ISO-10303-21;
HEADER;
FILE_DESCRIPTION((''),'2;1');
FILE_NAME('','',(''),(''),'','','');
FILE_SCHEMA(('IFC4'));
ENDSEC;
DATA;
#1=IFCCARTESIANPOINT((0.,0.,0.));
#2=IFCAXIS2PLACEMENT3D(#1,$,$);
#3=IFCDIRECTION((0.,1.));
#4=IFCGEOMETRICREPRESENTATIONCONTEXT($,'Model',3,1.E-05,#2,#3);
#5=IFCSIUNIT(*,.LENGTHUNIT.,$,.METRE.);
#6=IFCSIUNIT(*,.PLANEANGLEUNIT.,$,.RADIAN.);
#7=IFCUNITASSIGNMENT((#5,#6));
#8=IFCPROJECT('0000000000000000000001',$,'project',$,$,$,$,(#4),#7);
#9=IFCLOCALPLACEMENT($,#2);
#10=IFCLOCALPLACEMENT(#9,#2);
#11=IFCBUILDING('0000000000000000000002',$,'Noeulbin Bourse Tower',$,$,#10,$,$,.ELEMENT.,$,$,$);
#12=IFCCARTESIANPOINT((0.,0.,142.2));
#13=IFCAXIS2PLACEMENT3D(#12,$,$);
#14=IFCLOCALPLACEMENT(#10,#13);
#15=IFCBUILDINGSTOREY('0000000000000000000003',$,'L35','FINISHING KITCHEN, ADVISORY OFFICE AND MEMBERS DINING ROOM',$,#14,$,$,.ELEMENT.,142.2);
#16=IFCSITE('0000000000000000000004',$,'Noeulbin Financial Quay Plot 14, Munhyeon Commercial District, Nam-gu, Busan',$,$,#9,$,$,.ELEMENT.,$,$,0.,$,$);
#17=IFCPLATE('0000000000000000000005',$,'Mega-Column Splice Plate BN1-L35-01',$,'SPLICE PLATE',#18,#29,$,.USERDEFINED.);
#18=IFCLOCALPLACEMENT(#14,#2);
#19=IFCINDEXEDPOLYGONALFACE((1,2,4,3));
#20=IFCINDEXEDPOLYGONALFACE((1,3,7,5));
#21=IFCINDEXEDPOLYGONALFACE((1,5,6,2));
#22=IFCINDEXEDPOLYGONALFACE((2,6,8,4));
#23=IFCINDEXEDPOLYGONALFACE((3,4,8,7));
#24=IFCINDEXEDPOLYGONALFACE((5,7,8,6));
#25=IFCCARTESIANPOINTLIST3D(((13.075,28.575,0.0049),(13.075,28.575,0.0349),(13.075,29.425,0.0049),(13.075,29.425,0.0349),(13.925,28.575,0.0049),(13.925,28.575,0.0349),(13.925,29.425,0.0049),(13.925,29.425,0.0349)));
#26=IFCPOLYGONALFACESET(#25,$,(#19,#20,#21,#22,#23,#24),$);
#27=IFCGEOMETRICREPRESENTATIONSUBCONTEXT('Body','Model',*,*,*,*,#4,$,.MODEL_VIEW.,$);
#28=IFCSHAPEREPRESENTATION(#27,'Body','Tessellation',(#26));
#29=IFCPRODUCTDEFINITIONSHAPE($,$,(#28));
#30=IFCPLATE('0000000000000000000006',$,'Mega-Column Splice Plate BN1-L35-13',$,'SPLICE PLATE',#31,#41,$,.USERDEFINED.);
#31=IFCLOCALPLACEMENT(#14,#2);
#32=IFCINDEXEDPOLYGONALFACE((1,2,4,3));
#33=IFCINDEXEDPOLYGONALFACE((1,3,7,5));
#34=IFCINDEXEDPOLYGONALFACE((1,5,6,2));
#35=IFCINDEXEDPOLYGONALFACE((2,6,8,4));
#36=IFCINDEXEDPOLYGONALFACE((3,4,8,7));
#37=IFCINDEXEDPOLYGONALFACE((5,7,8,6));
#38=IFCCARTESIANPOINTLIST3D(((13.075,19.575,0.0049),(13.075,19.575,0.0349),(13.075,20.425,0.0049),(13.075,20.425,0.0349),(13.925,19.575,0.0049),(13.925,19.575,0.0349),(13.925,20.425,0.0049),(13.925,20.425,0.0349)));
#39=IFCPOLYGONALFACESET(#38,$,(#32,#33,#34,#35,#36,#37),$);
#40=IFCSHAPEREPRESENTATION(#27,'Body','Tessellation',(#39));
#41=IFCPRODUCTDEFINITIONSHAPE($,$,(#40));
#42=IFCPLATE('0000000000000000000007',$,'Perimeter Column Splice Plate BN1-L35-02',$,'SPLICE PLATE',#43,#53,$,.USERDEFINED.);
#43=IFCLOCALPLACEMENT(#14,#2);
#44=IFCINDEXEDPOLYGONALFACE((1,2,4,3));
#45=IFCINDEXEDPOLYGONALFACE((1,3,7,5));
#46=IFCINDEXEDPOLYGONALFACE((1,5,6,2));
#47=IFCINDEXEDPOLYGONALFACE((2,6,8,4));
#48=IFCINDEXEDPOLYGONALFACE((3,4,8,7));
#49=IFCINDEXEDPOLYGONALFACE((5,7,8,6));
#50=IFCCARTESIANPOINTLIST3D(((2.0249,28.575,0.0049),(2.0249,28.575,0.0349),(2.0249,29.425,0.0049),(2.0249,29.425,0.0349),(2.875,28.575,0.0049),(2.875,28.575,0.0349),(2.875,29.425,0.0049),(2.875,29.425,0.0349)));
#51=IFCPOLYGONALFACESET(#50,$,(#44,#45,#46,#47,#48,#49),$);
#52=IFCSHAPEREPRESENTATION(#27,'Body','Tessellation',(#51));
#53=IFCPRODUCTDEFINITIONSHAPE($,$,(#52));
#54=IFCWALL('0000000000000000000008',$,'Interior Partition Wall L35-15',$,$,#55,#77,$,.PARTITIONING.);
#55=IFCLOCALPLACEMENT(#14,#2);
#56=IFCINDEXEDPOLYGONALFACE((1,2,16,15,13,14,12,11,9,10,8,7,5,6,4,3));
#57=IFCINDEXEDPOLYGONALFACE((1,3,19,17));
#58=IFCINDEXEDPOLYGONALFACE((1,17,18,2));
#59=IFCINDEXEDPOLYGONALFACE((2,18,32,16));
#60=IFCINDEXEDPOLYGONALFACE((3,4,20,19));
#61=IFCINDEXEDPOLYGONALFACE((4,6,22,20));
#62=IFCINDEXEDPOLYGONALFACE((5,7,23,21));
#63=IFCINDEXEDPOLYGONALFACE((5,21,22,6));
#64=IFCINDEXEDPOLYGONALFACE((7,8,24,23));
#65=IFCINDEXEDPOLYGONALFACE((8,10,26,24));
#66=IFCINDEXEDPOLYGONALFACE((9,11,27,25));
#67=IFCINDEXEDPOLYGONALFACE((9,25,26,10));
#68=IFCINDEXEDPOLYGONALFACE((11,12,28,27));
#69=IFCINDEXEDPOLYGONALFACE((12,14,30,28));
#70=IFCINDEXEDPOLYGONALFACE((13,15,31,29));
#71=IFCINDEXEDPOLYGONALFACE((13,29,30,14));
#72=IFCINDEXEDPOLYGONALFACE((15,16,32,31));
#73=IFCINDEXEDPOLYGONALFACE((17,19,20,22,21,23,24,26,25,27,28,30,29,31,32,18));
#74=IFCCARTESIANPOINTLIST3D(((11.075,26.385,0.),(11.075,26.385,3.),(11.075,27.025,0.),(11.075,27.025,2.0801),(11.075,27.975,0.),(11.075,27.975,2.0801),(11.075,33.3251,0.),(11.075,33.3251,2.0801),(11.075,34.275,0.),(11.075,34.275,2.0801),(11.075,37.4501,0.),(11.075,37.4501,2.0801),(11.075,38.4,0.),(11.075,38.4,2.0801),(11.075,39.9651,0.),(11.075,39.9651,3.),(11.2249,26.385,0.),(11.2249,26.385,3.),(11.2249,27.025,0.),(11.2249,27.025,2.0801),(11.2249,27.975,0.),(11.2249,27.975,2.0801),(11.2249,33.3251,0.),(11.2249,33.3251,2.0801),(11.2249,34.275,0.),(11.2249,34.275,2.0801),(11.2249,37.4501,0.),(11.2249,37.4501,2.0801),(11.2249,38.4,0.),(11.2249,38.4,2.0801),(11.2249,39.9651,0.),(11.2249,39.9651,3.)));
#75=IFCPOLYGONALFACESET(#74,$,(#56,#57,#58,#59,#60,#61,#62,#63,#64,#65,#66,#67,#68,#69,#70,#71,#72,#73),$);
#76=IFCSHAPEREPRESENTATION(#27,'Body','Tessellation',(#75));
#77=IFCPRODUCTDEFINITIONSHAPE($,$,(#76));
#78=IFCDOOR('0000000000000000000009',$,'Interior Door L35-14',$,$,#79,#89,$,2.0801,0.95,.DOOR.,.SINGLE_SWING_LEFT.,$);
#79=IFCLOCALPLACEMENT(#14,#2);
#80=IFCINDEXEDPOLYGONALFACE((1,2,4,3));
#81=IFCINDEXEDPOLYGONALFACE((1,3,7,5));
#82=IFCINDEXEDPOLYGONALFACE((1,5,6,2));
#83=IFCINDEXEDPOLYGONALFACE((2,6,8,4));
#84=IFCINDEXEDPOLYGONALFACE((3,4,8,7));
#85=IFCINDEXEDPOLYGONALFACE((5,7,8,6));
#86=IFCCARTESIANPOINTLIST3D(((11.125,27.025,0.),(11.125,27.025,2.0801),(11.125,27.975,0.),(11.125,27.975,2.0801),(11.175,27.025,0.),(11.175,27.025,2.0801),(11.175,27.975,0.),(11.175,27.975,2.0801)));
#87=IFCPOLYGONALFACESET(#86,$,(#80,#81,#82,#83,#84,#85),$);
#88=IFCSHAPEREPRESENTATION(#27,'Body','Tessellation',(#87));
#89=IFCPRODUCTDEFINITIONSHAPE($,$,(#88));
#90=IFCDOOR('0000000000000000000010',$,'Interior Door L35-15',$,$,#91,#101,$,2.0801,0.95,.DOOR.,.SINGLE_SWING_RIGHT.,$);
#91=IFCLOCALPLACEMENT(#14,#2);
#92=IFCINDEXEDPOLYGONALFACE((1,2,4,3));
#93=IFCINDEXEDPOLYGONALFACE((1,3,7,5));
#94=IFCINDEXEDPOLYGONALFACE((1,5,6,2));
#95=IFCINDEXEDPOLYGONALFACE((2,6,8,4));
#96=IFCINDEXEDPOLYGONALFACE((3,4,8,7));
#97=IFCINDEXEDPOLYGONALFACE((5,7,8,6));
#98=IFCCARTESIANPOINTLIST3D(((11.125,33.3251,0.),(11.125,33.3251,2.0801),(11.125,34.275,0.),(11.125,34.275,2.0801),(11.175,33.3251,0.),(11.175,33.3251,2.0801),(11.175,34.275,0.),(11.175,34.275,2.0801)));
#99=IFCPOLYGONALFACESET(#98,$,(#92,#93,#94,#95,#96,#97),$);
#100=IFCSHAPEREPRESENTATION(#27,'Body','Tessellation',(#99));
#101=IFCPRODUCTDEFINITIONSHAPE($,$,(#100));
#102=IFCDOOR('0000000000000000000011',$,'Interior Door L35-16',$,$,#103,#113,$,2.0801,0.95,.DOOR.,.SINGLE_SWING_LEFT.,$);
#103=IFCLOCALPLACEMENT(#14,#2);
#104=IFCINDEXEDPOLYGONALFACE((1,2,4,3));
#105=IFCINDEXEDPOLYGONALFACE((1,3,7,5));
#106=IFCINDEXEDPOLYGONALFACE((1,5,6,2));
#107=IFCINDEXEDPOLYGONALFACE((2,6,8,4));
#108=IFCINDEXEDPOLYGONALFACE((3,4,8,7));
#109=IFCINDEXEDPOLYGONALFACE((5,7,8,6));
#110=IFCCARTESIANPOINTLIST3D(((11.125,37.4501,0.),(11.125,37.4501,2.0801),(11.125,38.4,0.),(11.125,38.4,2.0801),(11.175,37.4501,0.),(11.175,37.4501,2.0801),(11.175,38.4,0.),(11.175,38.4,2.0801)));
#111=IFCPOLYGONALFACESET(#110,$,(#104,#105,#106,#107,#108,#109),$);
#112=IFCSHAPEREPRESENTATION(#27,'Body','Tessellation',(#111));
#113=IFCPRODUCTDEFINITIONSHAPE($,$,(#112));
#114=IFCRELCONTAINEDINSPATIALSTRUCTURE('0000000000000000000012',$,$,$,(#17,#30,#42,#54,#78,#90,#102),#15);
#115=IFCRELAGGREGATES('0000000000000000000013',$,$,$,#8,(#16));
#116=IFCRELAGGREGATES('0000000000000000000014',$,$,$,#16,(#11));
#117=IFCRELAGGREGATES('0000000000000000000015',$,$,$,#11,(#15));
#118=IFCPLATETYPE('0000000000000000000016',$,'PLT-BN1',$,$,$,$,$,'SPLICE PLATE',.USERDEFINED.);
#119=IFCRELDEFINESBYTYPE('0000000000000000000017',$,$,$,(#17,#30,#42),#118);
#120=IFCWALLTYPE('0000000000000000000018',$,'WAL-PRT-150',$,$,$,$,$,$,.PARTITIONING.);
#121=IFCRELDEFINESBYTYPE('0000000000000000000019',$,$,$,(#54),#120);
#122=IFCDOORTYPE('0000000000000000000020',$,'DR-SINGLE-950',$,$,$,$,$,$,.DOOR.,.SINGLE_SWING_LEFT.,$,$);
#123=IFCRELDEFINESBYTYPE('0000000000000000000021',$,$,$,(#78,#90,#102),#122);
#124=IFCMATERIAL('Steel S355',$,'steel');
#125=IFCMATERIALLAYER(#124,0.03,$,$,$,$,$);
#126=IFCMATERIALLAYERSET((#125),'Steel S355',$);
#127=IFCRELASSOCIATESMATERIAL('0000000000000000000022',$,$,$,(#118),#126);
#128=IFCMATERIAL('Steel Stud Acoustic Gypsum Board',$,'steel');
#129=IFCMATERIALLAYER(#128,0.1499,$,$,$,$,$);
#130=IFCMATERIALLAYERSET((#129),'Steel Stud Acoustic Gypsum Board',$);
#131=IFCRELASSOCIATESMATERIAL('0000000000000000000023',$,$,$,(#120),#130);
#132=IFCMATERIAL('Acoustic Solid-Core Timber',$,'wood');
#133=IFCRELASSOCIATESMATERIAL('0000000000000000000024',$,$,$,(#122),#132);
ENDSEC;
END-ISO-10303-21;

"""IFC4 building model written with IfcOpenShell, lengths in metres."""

from ifc_helpers import new_model, si_unit, direction, frame, frame_2d, origin, origin_2d, place, context, subcontext, project, spatial, rectangle, extrude, material, layer, layer_set, type_object, element, fill, save


model = new_model("IFC4")

# Units and contexts
model_context = context("Model", 3, precision=1e-05, world=origin(), true_north=direction((0.0, 1.0)))
body_context = subcontext(model_context, "Body", "Model", "MODEL_VIEW")
ifc_project = project(units=[si_unit("LENGTHUNIT", "METRE"), si_unit("PLANEANGLEUNIT", "RADIAN")], contexts=[model_context])

# Site, building, storey
site_placement = place(None, origin())
site = spatial("IfcSite", under=ifc_project, at=site_placement, Name="Noeulbin Financial Quay Plot 14, Munhyeon Commercial District, Nam-gu, Busan", CompositionType="ELEMENT", RefElevation=0.0)
building_placement = place(site_placement, origin())
building = spatial("IfcBuilding", under=site, at=building_placement, Name="Noeulbin Bourse Tower", CompositionType="ELEMENT")
storey_placement = place(building_placement, frame((0.0, 0.0, 142.2)))
storey = spatial("IfcBuildingStorey", under=building, at=storey_placement, Name="L35", Description="FINISHING KITCHEN, ADVISORY OFFICE AND MEMBERS DINING ROOM", CompositionType="ELEMENT", Elevation=142.2)

# Shared definitions
ifc_material_1 = material(Name="Steel S355", Category="steel")

# Plates
ifc_layer_1 = layer(ifc_material_1, 0.03)
ifc_layer_set_1 = layer_set([ifc_layer_1], Name="Steel S355")
plate_type = type_object("IfcPlateType", Name="PLT-BN1", ElementType="SPLICE PLATE", PredefinedType="USERDEFINED", material=ifc_layer_set_1)
for number, where, z_axis, x_axis, name in (
    (1, (13.5, 29.0, 0.0049), (0.0, 0.0, 1.0), (1.0, 0.0, 0.0), "Mega-Column Splice Plate BN1-L35-01"),
    (2, (13.5, 20.0, 0.0049), (0.0, 0.0, 1.0), (1.0, 0.0, 0.0), "Mega-Column Splice Plate BN1-L35-13"),
    (3, (2.45, 29.0, 0.0049), (0.0, 0.0, 1.0), (1.0, 0.0, 0.0), "Perimeter Column Splice Plate BN1-L35-02"),
):
    element("IfcPlate", number, at=place(storey_placement, frame(where, z_axis=z_axis, x_axis=x_axis)), inside=storey, type_object=plate_type, Name=name, ObjectType="SPLICE PLATE", PredefinedType="USERDEFINED", context=body_context, shape_type="SweptSolid", body=[
        extrude(rectangle(XDim=0.8501, YDim=0.8501, at=origin_2d()), origin(), (0.0, 0.0, 1.0), 0.03),
    ])

# Wall, openings, doors
ifc_material_2 = material(Name="Steel Stud Acoustic Gypsum Board", Category="steel")
ifc_layer_2 = layer(ifc_material_2, 0.1499)
ifc_layer_set_2 = layer_set([ifc_layer_2], Name="Steel Stud Acoustic Gypsum Board")
wall_type = type_object("IfcWallType", Name="WAL-PRT-150", PredefinedType="PARTITIONING", material=ifc_layer_set_2)
wall_placement = place(storey_placement, frame((11.1499, 26.385, 0.0), z_axis=(0.0, 0.0, 1.0), x_axis=(0.0, 1.0, 0.0)))
wall = element("IfcWall", 4, at=wall_placement, inside=storey, type_object=wall_type, Name="Interior Partition Wall L35-15", PredefinedType="PARTITIONING", context=body_context, shape_type="SweptSolid", body=[
    extrude(rectangle(XDim=13.5801, YDim=0.1499, at=frame_2d((6.79, 0.0))), origin(), (0.0, 0.0, 1.0), 3.0),
])
opening_1_placement = place(wall_placement, frame((0.6399, 0.0, 0.0)))
opening_1 = element("IfcOpeningElement", 5, at=opening_1_placement, cuts=wall, PredefinedType="OPENING", context=body_context, shape_type="SweptSolid", body=[
    extrude(rectangle(XDim=0.95, YDim=2.0801, at=frame_2d((0.4751, 1.04))), frame((0.0, 0.085, 0.0), z_axis=(0.0, -1.0, 0.0), x_axis=(1.0, 0.0, 0.0)), (0.0, 0.0, 1.0), 0.1699),
])
opening_2_placement = place(wall_placement, frame((6.9399, 0.0, 0.0)))
opening_2 = element("IfcOpeningElement", 6, at=opening_2_placement, cuts=wall, PredefinedType="OPENING", context=body_context, shape_type="SweptSolid", body=[
    extrude(rectangle(XDim=0.95, YDim=2.0801, at=frame_2d((0.4751, 1.04))), frame((0.0, 0.085, 0.0), z_axis=(0.0, -1.0, 0.0), x_axis=(1.0, 0.0, 0.0)), (0.0, 0.0, 1.0), 0.1699),
])
opening_3_placement = place(wall_placement, frame((11.0649, 0.0, 0.0)))
opening_3 = element("IfcOpeningElement", 7, at=opening_3_placement, cuts=wall, PredefinedType="OPENING", context=body_context, shape_type="SweptSolid", body=[
    extrude(rectangle(XDim=0.95, YDim=2.0801, at=frame_2d((0.4751, 1.04))), frame((0.0, 0.085, 0.0), z_axis=(0.0, -1.0, 0.0), x_axis=(1.0, 0.0, 0.0)), (0.0, 0.0, 1.0), 0.1699),
])
ifc_material_3 = material(Name="Acoustic Solid-Core Timber", Category="wood")
door_type = type_object("IfcDoorType", Name="DR-SINGLE-950", OperationType="SINGLE_SWING_LEFT", PredefinedType="DOOR", material=ifc_material_3)
door_1_placement = place(opening_1_placement, origin())
door_1 = element("IfcDoor", 8, at=door_1_placement, inside=storey, type_object=door_type, Name="Interior Door L35-14", OperationType="SINGLE_SWING_LEFT", OverallHeight=2.0801, OverallWidth=0.95, PredefinedType="DOOR", context=body_context, shape_type="SweptSolid", body=[
    extrude(rectangle(XDim=0.95, YDim=2.0801, at=frame_2d((0.4751, 1.04))), frame((0.0, 0.0249, 0.0), z_axis=(0.0, -1.0, 0.0), x_axis=(1.0, 0.0, 0.0)), (0.0, 0.0, 1.0), 0.05),
])
fill(opening_1, door_1)
door_2_placement = place(opening_2_placement, origin())
door_2 = element("IfcDoor", 9, at=door_2_placement, inside=storey, type_object=door_type, Name="Interior Door L35-15", OperationType="SINGLE_SWING_RIGHT", OverallHeight=2.0801, OverallWidth=0.95, PredefinedType="DOOR", context=body_context, shape_type="SweptSolid", body=[
    extrude(rectangle(XDim=0.95, YDim=2.0801, at=frame_2d((0.4751, 1.04))), frame((0.0, 0.0249, 0.0), z_axis=(0.0, -1.0, 0.0), x_axis=(1.0, 0.0, 0.0)), (0.0, 0.0, 1.0), 0.05),
])
fill(opening_2, door_2)
door_3_placement = place(opening_3_placement, origin())
door_3 = element("IfcDoor", 10, at=door_3_placement, inside=storey, type_object=door_type, Name="Interior Door L35-16", OperationType="SINGLE_SWING_LEFT", OverallHeight=2.0801, OverallWidth=0.95, PredefinedType="DOOR", context=body_context, shape_type="SweptSolid", body=[
    extrude(rectangle(XDim=0.95, YDim=2.0801, at=frame_2d((0.4751, 1.04))), frame((0.0, 0.0249, 0.0), z_axis=(0.0, -1.0, 0.0), x_axis=(1.0, 0.0, 0.0)), (0.0, 0.0, 1.0), 0.05),
])
fill(opening_3, door_3)

save(model, "model.ifc")
